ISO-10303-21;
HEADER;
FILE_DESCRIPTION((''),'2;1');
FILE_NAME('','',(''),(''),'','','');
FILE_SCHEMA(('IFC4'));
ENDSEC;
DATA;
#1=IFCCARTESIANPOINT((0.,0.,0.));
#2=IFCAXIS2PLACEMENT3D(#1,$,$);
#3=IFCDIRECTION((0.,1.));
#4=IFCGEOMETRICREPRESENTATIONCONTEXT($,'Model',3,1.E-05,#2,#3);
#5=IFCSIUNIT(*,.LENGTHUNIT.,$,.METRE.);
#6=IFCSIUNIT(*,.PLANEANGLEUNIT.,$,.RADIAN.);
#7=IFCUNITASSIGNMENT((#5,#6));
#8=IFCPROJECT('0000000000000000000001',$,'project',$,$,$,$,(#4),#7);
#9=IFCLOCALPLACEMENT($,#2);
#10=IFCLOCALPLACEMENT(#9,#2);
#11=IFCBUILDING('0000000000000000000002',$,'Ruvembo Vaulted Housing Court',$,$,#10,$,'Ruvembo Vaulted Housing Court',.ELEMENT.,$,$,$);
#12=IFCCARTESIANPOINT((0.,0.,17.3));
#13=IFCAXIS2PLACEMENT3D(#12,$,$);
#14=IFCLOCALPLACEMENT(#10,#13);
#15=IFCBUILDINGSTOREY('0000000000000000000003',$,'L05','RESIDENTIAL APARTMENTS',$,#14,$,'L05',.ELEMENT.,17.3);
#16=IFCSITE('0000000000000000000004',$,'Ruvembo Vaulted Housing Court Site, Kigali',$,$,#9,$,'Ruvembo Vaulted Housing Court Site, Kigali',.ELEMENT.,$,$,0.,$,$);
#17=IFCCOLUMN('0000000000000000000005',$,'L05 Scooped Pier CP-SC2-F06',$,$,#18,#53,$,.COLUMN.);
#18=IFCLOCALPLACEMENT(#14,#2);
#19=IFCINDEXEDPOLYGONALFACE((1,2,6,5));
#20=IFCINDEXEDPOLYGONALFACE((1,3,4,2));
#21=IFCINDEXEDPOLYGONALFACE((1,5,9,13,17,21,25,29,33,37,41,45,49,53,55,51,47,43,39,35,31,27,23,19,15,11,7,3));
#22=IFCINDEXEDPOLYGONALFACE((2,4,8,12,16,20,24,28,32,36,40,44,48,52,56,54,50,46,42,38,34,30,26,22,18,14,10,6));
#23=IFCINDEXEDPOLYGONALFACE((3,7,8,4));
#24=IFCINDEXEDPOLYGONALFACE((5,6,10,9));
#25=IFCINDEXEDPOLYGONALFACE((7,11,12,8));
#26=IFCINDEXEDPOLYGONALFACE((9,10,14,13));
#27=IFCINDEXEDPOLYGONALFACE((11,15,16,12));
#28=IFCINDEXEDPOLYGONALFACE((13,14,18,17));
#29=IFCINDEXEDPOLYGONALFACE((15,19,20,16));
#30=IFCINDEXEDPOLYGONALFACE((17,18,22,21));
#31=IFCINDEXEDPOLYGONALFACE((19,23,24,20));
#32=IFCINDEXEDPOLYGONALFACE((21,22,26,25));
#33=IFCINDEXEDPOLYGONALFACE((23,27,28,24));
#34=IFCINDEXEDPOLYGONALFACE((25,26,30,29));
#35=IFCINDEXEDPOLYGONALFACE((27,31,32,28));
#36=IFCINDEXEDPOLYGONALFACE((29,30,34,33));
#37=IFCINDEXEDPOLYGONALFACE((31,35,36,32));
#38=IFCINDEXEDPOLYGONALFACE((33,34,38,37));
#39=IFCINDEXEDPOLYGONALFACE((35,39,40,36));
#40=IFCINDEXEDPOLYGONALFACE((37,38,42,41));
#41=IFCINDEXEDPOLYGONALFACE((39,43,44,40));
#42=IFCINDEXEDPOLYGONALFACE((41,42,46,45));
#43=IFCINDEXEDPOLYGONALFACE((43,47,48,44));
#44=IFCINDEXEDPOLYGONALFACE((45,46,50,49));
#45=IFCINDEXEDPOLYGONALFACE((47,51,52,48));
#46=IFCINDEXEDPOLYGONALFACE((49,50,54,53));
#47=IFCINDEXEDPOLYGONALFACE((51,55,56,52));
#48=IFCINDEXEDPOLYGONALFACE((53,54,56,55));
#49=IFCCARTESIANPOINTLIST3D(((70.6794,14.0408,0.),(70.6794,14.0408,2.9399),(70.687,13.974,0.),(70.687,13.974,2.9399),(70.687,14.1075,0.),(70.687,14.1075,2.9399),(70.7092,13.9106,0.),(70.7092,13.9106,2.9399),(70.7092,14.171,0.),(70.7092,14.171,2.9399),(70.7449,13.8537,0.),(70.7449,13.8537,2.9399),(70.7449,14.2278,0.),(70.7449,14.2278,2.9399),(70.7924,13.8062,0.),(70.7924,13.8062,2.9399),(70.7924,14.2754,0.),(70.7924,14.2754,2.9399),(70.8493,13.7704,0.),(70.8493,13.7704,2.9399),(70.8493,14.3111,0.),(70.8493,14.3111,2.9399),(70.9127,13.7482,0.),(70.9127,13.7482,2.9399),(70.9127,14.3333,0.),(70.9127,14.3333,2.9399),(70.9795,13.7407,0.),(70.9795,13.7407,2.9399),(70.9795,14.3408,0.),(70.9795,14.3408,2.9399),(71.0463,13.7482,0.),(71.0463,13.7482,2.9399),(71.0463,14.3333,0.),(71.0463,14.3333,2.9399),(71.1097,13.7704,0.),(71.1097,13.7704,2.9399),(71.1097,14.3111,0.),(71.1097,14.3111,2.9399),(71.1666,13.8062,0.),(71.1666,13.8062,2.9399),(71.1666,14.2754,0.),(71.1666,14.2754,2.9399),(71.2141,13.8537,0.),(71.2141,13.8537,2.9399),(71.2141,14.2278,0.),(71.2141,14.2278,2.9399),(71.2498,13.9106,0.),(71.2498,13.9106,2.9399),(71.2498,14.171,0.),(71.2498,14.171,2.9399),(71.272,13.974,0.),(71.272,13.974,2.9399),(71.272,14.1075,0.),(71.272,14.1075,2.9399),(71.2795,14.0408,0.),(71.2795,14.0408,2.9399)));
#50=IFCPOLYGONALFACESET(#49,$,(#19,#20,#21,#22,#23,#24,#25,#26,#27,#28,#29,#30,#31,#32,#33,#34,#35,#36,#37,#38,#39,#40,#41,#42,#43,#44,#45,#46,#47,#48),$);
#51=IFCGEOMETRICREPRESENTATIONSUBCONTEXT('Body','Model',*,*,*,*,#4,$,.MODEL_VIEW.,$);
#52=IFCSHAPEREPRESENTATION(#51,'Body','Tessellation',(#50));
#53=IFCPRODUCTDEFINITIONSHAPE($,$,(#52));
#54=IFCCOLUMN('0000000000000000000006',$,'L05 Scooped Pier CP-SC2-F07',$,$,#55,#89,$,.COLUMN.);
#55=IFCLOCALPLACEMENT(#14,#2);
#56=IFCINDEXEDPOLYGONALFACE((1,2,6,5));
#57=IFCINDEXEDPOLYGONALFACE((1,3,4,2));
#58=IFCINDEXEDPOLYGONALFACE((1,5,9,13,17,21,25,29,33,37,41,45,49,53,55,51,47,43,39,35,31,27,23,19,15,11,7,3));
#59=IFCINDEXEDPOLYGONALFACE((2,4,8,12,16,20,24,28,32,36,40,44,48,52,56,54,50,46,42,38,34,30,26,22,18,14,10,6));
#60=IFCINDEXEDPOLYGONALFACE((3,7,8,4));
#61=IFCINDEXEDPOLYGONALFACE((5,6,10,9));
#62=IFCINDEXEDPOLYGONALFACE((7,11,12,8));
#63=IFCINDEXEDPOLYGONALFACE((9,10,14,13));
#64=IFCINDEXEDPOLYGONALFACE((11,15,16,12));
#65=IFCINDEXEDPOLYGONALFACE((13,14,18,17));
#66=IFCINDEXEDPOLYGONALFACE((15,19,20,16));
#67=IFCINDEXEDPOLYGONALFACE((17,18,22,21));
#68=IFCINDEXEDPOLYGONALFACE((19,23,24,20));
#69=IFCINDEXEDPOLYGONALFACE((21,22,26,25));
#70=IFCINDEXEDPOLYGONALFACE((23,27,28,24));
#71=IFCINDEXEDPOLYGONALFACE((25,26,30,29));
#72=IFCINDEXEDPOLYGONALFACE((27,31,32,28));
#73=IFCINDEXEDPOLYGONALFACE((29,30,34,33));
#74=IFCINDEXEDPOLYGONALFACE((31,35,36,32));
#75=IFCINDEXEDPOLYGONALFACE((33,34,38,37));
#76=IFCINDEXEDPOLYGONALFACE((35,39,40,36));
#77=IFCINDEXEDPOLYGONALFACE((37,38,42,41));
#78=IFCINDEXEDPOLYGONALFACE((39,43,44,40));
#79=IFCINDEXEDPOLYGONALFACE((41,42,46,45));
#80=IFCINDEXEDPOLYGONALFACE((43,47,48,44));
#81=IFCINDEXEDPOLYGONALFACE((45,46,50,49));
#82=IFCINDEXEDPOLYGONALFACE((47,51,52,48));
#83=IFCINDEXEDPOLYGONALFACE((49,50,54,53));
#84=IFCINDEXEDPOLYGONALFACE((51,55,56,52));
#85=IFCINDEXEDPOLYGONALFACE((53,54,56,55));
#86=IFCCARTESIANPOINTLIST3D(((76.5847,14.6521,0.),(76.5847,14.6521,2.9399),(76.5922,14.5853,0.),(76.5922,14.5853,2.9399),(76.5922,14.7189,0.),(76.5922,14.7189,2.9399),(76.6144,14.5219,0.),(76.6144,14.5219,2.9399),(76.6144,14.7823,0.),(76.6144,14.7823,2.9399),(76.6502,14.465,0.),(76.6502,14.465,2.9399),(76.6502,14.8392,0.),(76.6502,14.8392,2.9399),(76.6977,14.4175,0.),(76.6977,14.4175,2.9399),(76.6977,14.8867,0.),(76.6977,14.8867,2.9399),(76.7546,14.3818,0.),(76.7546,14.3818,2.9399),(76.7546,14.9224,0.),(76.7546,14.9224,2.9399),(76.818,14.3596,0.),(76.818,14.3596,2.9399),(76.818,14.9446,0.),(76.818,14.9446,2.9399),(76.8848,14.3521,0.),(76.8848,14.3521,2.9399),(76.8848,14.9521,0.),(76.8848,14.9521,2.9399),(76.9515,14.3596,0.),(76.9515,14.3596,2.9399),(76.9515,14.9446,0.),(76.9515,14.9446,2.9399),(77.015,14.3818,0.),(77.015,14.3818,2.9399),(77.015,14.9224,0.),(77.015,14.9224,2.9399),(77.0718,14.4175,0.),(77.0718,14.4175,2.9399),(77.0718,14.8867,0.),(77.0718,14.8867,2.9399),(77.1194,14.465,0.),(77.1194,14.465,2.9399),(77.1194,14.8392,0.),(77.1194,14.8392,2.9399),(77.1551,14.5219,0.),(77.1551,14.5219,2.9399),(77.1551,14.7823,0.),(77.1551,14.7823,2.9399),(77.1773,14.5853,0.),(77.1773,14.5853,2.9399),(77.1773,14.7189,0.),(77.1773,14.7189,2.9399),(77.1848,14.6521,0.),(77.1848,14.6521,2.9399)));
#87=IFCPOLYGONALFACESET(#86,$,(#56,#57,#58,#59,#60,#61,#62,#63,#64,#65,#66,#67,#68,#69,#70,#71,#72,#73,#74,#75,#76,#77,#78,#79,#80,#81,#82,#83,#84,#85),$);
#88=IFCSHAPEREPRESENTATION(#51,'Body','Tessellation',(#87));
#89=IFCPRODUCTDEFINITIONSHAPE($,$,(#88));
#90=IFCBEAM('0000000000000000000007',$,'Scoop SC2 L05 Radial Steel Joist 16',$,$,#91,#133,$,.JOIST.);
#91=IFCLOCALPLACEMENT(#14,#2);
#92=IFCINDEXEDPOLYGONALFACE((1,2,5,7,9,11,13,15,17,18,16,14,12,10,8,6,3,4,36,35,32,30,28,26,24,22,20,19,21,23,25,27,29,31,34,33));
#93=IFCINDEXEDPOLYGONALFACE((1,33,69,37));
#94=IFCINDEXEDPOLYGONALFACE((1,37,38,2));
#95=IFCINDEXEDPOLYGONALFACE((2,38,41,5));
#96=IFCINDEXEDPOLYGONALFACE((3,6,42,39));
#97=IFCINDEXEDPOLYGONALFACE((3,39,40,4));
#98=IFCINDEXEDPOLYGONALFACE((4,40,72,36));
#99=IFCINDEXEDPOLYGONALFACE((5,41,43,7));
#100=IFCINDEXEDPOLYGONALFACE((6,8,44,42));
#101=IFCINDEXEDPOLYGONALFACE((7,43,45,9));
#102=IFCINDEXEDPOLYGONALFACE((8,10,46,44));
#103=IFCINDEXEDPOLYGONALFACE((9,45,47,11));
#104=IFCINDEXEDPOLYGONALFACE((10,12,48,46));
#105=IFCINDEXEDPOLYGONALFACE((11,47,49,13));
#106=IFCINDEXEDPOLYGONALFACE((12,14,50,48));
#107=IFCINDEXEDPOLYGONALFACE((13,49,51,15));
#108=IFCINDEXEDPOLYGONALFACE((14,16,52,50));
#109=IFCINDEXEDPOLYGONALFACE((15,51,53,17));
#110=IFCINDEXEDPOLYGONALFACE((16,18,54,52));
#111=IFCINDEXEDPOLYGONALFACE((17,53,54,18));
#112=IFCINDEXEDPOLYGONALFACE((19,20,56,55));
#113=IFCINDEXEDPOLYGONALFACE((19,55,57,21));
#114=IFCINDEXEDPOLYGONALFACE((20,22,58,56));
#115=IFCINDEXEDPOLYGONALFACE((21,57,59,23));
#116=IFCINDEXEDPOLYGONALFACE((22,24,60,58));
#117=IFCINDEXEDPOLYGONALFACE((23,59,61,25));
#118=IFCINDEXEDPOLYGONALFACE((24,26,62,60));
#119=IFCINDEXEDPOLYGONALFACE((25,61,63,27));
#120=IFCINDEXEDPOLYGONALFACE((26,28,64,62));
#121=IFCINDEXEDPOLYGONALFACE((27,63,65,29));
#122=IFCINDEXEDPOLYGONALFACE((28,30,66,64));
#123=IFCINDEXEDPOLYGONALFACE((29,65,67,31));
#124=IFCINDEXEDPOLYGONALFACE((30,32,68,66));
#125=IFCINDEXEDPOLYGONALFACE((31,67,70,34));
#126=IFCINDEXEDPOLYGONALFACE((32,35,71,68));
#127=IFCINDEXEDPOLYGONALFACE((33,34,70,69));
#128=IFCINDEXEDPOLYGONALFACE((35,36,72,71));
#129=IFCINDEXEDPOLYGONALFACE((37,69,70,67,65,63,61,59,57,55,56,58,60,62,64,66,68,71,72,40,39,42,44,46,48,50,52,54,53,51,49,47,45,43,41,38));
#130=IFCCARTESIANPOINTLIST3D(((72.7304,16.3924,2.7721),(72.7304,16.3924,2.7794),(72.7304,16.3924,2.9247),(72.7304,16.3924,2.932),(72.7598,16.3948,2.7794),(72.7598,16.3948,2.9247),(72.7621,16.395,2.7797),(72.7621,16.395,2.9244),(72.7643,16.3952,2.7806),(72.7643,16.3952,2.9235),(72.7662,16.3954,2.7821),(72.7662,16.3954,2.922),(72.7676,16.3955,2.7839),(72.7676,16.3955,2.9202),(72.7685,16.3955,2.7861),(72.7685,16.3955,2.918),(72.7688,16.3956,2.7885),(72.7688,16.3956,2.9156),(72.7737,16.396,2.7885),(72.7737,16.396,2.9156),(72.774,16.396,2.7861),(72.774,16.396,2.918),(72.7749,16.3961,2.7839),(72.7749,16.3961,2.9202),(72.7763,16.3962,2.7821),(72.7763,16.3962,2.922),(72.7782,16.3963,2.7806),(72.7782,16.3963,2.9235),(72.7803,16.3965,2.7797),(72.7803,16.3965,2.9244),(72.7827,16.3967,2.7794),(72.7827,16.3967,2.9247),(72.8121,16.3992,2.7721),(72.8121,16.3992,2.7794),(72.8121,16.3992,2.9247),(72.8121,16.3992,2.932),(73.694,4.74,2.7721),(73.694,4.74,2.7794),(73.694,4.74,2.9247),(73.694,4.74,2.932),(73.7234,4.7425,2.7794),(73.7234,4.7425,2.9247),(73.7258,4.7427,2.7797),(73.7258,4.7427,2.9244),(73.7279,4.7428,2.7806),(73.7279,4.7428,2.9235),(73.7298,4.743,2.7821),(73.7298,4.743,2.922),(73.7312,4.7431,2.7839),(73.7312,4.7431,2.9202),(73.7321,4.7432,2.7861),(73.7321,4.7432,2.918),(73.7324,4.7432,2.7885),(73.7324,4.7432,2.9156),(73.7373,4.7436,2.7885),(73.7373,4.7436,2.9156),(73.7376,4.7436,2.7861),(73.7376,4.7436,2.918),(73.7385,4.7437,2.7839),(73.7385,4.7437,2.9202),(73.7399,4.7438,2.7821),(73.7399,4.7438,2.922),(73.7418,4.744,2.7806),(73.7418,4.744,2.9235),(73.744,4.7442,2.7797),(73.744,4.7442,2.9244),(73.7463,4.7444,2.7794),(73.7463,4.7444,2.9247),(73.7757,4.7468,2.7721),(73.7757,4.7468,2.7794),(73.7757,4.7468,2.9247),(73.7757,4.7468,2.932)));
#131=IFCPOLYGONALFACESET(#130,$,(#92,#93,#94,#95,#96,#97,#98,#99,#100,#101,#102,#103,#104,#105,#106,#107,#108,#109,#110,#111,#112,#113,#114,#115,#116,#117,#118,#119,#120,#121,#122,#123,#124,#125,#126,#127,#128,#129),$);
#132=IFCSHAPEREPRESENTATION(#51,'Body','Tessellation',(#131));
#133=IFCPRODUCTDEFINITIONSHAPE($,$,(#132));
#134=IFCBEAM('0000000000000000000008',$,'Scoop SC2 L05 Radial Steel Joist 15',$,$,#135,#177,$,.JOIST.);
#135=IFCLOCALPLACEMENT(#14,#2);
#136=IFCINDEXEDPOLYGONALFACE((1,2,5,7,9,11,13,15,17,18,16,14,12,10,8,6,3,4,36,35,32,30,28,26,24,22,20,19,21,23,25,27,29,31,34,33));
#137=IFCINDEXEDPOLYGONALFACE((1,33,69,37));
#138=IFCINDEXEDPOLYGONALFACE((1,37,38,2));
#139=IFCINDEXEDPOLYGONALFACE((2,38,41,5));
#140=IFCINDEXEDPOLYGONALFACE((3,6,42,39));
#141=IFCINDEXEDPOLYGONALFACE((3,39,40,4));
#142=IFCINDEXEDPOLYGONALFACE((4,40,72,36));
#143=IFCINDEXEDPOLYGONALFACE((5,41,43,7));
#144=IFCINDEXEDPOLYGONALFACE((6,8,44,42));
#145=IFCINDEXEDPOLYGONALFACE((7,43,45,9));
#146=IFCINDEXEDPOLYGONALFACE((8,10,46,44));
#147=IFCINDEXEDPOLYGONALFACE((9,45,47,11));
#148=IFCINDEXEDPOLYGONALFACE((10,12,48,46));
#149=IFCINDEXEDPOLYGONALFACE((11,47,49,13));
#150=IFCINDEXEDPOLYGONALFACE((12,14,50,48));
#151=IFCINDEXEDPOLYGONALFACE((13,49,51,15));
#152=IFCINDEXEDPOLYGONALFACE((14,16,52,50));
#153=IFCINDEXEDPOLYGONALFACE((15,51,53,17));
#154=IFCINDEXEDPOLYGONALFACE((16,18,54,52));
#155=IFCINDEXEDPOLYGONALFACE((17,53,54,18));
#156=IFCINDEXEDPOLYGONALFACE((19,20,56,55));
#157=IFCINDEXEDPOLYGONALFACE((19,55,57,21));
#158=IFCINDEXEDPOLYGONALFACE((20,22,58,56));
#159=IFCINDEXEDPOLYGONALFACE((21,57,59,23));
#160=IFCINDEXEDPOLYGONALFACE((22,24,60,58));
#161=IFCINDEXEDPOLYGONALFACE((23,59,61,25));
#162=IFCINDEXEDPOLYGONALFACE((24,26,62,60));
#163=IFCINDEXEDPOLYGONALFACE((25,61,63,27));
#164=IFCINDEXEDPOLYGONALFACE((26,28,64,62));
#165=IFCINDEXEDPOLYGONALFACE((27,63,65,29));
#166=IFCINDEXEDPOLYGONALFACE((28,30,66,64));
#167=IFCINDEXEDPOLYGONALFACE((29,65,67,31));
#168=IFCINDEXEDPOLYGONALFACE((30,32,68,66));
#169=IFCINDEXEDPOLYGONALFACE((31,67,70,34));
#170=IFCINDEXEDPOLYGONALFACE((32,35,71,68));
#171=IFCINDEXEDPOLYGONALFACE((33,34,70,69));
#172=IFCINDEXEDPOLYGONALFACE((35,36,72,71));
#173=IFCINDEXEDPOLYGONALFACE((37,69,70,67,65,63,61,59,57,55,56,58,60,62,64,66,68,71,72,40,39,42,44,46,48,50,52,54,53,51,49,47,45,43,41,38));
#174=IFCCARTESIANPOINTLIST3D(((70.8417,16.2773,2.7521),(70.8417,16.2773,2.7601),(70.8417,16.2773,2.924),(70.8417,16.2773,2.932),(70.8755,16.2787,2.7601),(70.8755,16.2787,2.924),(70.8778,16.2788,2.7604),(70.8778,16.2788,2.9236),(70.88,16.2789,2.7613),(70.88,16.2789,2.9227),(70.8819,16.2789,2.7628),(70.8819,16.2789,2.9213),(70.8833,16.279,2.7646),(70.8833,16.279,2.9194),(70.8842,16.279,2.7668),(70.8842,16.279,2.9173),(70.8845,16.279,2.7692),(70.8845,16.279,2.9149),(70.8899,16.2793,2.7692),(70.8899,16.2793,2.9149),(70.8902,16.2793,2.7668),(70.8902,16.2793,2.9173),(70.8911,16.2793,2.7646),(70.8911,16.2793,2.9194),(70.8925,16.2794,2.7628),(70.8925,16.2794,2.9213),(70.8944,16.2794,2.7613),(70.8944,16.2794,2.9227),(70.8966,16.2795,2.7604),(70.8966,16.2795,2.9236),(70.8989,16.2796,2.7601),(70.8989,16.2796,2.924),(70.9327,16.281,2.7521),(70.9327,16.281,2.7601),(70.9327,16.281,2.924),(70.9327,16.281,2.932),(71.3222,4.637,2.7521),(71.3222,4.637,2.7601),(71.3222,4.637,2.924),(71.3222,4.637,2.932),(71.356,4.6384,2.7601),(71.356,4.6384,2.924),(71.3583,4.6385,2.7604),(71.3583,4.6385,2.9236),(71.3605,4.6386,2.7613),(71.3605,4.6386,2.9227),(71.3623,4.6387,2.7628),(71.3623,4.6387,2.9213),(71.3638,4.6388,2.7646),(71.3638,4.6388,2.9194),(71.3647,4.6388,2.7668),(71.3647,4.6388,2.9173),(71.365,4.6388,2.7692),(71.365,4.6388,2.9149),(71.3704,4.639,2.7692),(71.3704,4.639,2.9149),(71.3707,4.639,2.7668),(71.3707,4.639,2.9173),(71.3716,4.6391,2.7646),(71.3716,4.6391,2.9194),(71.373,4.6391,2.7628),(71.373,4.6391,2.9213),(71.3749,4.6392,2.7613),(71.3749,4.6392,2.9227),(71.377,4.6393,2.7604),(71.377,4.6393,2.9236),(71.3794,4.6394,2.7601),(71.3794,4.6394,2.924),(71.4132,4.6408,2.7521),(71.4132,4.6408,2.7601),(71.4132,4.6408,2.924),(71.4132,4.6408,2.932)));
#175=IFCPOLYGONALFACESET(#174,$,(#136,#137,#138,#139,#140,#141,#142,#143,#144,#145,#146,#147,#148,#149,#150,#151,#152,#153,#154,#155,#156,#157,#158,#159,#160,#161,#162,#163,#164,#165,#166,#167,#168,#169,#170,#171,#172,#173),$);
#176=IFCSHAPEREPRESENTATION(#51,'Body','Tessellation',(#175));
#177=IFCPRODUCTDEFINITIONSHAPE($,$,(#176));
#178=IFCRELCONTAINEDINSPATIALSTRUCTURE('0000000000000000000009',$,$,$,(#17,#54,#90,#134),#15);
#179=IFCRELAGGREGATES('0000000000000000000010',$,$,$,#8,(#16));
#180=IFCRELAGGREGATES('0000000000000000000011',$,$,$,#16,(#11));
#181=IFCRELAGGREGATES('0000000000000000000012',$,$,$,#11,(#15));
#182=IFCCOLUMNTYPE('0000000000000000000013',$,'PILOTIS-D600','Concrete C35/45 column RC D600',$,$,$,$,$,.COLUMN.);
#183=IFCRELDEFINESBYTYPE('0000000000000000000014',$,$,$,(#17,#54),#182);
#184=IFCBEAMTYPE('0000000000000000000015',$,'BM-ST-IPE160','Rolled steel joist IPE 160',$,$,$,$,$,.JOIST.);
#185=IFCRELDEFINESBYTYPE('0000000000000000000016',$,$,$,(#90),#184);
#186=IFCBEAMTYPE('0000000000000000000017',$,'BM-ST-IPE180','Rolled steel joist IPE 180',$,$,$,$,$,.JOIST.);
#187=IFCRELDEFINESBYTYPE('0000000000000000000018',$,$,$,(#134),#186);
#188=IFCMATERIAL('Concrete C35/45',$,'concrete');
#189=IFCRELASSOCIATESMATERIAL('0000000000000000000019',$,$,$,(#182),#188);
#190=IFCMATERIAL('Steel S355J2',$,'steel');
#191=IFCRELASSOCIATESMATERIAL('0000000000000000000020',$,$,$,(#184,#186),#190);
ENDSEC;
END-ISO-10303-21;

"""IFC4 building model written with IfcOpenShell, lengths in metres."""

from ifc_helpers import new_model, si_unit, direction, frame, origin, origin_2d, place, context, subcontext, project, spatial, circle, i_section, extrude, material, material_profile, profile_set, type_object, element, save


model = new_model("IFC4")

# Units and contexts
model_context = context("Model", 3, precision=1e-05, world=origin(), true_north=direction((0.0, 1.0)))
body_context = subcontext(model_context, "Body", "Model", "MODEL_VIEW")
ifc_project = project(units=[si_unit("LENGTHUNIT", "METRE"), si_unit("PLANEANGLEUNIT", "RADIAN")], contexts=[model_context])

# Site, building, storey
site_placement = place(None, origin())
site = spatial("IfcSite", under=ifc_project, at=site_placement, Name="Ruvembo Vaulted Housing Court Site, Kigali", LongName="Ruvembo Vaulted Housing Court Site, Kigali", CompositionType="ELEMENT", RefElevation=0.0)
building_placement = place(site_placement, origin())
building = spatial("IfcBuilding", under=site, at=building_placement, Name="Ruvembo Vaulted Housing Court", LongName="Ruvembo Vaulted Housing Court", CompositionType="ELEMENT")
storey_placement = place(building_placement, frame((0.0, 0.0, 17.3)))
storey = spatial("IfcBuildingStorey", under=building, at=storey_placement, Name="L05", Description="RESIDENTIAL APARTMENTS", LongName="L05", CompositionType="ELEMENT", Elevation=17.3)

# Columns
ifc_material_1 = material(Name="Concrete C35/45", Category="concrete")
ifc_material_profile_1 = material_profile(ifc_material_1, circle(Radius=0.3, at=origin_2d()), Name="RC D600")
ifc_profile_set_1 = profile_set([ifc_material_profile_1], Name="Concrete C35/45")
column_type = type_object("IfcColumnType", Name="PILOTIS-D600", Description="Concrete C35/45 column RC D600", PredefinedType="COLUMN", material=ifc_profile_set_1)
for number, where, z_axis, x_axis, name in (
    (1, (70.9795, 14.0408, 0.0), (0.0, 0.0, 1.0), (1.0, 0.0, 0.0), "L05 Scooped Pier CP-SC2-F06"),
    (2, (76.8848, 14.6521, 0.0), (0.0, 0.0, 1.0), (1.0, 0.0, 0.0), "L05 Scooped Pier CP-SC2-F07"),
):
    element("IfcColumn", number, at=place(storey_placement, frame(where, z_axis=z_axis, x_axis=x_axis)), inside=storey, type_object=column_type, Name=name, PredefinedType="COLUMN", context=body_context, shape_type="SweptSolid", body=[
        extrude(circle(Radius=0.3, at=origin_2d()), origin(), (0.0, 0.0, 1.0), 2.9399),
    ])

# Beams
ifc_material_2 = material(Name="Steel S355J2", Category="steel")
ifc_material_profile_2 = material_profile(ifc_material_2, i_section(OverallWidth=0.082, OverallDepth=0.1599, WebThickness=0.0049, FlangeThickness=0.0073, FilletRadius=0.009, at=origin_2d()), Name="IPE 160")
ifc_profile_set_2 = profile_set([ifc_material_profile_2], Name="Steel S355J2")
beam_type_1 = type_object("IfcBeamType", Name="BM-ST-IPE160", Description="Rolled steel joist IPE 160", PredefinedType="JOIST", material=ifc_profile_set_2)
beam_1_placement = place(storey_placement, frame((73.7349, 4.7434, 2.8521), z_axis=(-0.082416, 0.996598, 0.0), x_axis=(-0.996598, -0.082416, 0.0)))
element("IfcBeam", 3, at=beam_1_placement, inside=storey, type_object=beam_type_1, Name="Scoop SC2 L05 Radial Steel Joist 16", PredefinedType="JOIST", context=body_context, shape_type="SweptSolid", body=[
    extrude(i_section(OverallWidth=0.082, OverallDepth=0.1599, WebThickness=0.0049, FlangeThickness=0.0073, FilletRadius=0.009, at=origin_2d()), origin(), (0.0, 0.0, 1.0), 11.6921),
])
ifc_material_profile_3 = material_profile(ifc_material_2, i_section(OverallWidth=0.0911, OverallDepth=0.1799, WebThickness=0.0054, FlangeThickness=0.0081, FilletRadius=0.009, at=origin_2d()), Name="IPE 180")
ifc_profile_set_3 = profile_set([ifc_material_profile_3], Name="Steel S355J2")
beam_type_2 = type_object("IfcBeamType", Name="BM-ST-IPE180", Description="Rolled steel joist IPE 180", PredefinedType="JOIST", material=ifc_profile_set_3)
beam_2_placement = place(storey_placement, frame((71.3677, 4.6389, 2.842), z_axis=(-0.041242, 0.999149, 0.0), x_axis=(-0.999149, -0.041242, 0.0)))
element("IfcBeam", 4, at=beam_2_placement, inside=storey, type_object=beam_type_2, Name="Scoop SC2 L05 Radial Steel Joist 15", PredefinedType="JOIST", context=body_context, shape_type="SweptSolid", body=[
    extrude(i_section(OverallWidth=0.0911, OverallDepth=0.1799, WebThickness=0.0054, FlangeThickness=0.0081, FilletRadius=0.009, at=origin_2d()), origin(), (0.0, 0.0, 1.0), 11.6501),
])

save(model, "model.ifc")
